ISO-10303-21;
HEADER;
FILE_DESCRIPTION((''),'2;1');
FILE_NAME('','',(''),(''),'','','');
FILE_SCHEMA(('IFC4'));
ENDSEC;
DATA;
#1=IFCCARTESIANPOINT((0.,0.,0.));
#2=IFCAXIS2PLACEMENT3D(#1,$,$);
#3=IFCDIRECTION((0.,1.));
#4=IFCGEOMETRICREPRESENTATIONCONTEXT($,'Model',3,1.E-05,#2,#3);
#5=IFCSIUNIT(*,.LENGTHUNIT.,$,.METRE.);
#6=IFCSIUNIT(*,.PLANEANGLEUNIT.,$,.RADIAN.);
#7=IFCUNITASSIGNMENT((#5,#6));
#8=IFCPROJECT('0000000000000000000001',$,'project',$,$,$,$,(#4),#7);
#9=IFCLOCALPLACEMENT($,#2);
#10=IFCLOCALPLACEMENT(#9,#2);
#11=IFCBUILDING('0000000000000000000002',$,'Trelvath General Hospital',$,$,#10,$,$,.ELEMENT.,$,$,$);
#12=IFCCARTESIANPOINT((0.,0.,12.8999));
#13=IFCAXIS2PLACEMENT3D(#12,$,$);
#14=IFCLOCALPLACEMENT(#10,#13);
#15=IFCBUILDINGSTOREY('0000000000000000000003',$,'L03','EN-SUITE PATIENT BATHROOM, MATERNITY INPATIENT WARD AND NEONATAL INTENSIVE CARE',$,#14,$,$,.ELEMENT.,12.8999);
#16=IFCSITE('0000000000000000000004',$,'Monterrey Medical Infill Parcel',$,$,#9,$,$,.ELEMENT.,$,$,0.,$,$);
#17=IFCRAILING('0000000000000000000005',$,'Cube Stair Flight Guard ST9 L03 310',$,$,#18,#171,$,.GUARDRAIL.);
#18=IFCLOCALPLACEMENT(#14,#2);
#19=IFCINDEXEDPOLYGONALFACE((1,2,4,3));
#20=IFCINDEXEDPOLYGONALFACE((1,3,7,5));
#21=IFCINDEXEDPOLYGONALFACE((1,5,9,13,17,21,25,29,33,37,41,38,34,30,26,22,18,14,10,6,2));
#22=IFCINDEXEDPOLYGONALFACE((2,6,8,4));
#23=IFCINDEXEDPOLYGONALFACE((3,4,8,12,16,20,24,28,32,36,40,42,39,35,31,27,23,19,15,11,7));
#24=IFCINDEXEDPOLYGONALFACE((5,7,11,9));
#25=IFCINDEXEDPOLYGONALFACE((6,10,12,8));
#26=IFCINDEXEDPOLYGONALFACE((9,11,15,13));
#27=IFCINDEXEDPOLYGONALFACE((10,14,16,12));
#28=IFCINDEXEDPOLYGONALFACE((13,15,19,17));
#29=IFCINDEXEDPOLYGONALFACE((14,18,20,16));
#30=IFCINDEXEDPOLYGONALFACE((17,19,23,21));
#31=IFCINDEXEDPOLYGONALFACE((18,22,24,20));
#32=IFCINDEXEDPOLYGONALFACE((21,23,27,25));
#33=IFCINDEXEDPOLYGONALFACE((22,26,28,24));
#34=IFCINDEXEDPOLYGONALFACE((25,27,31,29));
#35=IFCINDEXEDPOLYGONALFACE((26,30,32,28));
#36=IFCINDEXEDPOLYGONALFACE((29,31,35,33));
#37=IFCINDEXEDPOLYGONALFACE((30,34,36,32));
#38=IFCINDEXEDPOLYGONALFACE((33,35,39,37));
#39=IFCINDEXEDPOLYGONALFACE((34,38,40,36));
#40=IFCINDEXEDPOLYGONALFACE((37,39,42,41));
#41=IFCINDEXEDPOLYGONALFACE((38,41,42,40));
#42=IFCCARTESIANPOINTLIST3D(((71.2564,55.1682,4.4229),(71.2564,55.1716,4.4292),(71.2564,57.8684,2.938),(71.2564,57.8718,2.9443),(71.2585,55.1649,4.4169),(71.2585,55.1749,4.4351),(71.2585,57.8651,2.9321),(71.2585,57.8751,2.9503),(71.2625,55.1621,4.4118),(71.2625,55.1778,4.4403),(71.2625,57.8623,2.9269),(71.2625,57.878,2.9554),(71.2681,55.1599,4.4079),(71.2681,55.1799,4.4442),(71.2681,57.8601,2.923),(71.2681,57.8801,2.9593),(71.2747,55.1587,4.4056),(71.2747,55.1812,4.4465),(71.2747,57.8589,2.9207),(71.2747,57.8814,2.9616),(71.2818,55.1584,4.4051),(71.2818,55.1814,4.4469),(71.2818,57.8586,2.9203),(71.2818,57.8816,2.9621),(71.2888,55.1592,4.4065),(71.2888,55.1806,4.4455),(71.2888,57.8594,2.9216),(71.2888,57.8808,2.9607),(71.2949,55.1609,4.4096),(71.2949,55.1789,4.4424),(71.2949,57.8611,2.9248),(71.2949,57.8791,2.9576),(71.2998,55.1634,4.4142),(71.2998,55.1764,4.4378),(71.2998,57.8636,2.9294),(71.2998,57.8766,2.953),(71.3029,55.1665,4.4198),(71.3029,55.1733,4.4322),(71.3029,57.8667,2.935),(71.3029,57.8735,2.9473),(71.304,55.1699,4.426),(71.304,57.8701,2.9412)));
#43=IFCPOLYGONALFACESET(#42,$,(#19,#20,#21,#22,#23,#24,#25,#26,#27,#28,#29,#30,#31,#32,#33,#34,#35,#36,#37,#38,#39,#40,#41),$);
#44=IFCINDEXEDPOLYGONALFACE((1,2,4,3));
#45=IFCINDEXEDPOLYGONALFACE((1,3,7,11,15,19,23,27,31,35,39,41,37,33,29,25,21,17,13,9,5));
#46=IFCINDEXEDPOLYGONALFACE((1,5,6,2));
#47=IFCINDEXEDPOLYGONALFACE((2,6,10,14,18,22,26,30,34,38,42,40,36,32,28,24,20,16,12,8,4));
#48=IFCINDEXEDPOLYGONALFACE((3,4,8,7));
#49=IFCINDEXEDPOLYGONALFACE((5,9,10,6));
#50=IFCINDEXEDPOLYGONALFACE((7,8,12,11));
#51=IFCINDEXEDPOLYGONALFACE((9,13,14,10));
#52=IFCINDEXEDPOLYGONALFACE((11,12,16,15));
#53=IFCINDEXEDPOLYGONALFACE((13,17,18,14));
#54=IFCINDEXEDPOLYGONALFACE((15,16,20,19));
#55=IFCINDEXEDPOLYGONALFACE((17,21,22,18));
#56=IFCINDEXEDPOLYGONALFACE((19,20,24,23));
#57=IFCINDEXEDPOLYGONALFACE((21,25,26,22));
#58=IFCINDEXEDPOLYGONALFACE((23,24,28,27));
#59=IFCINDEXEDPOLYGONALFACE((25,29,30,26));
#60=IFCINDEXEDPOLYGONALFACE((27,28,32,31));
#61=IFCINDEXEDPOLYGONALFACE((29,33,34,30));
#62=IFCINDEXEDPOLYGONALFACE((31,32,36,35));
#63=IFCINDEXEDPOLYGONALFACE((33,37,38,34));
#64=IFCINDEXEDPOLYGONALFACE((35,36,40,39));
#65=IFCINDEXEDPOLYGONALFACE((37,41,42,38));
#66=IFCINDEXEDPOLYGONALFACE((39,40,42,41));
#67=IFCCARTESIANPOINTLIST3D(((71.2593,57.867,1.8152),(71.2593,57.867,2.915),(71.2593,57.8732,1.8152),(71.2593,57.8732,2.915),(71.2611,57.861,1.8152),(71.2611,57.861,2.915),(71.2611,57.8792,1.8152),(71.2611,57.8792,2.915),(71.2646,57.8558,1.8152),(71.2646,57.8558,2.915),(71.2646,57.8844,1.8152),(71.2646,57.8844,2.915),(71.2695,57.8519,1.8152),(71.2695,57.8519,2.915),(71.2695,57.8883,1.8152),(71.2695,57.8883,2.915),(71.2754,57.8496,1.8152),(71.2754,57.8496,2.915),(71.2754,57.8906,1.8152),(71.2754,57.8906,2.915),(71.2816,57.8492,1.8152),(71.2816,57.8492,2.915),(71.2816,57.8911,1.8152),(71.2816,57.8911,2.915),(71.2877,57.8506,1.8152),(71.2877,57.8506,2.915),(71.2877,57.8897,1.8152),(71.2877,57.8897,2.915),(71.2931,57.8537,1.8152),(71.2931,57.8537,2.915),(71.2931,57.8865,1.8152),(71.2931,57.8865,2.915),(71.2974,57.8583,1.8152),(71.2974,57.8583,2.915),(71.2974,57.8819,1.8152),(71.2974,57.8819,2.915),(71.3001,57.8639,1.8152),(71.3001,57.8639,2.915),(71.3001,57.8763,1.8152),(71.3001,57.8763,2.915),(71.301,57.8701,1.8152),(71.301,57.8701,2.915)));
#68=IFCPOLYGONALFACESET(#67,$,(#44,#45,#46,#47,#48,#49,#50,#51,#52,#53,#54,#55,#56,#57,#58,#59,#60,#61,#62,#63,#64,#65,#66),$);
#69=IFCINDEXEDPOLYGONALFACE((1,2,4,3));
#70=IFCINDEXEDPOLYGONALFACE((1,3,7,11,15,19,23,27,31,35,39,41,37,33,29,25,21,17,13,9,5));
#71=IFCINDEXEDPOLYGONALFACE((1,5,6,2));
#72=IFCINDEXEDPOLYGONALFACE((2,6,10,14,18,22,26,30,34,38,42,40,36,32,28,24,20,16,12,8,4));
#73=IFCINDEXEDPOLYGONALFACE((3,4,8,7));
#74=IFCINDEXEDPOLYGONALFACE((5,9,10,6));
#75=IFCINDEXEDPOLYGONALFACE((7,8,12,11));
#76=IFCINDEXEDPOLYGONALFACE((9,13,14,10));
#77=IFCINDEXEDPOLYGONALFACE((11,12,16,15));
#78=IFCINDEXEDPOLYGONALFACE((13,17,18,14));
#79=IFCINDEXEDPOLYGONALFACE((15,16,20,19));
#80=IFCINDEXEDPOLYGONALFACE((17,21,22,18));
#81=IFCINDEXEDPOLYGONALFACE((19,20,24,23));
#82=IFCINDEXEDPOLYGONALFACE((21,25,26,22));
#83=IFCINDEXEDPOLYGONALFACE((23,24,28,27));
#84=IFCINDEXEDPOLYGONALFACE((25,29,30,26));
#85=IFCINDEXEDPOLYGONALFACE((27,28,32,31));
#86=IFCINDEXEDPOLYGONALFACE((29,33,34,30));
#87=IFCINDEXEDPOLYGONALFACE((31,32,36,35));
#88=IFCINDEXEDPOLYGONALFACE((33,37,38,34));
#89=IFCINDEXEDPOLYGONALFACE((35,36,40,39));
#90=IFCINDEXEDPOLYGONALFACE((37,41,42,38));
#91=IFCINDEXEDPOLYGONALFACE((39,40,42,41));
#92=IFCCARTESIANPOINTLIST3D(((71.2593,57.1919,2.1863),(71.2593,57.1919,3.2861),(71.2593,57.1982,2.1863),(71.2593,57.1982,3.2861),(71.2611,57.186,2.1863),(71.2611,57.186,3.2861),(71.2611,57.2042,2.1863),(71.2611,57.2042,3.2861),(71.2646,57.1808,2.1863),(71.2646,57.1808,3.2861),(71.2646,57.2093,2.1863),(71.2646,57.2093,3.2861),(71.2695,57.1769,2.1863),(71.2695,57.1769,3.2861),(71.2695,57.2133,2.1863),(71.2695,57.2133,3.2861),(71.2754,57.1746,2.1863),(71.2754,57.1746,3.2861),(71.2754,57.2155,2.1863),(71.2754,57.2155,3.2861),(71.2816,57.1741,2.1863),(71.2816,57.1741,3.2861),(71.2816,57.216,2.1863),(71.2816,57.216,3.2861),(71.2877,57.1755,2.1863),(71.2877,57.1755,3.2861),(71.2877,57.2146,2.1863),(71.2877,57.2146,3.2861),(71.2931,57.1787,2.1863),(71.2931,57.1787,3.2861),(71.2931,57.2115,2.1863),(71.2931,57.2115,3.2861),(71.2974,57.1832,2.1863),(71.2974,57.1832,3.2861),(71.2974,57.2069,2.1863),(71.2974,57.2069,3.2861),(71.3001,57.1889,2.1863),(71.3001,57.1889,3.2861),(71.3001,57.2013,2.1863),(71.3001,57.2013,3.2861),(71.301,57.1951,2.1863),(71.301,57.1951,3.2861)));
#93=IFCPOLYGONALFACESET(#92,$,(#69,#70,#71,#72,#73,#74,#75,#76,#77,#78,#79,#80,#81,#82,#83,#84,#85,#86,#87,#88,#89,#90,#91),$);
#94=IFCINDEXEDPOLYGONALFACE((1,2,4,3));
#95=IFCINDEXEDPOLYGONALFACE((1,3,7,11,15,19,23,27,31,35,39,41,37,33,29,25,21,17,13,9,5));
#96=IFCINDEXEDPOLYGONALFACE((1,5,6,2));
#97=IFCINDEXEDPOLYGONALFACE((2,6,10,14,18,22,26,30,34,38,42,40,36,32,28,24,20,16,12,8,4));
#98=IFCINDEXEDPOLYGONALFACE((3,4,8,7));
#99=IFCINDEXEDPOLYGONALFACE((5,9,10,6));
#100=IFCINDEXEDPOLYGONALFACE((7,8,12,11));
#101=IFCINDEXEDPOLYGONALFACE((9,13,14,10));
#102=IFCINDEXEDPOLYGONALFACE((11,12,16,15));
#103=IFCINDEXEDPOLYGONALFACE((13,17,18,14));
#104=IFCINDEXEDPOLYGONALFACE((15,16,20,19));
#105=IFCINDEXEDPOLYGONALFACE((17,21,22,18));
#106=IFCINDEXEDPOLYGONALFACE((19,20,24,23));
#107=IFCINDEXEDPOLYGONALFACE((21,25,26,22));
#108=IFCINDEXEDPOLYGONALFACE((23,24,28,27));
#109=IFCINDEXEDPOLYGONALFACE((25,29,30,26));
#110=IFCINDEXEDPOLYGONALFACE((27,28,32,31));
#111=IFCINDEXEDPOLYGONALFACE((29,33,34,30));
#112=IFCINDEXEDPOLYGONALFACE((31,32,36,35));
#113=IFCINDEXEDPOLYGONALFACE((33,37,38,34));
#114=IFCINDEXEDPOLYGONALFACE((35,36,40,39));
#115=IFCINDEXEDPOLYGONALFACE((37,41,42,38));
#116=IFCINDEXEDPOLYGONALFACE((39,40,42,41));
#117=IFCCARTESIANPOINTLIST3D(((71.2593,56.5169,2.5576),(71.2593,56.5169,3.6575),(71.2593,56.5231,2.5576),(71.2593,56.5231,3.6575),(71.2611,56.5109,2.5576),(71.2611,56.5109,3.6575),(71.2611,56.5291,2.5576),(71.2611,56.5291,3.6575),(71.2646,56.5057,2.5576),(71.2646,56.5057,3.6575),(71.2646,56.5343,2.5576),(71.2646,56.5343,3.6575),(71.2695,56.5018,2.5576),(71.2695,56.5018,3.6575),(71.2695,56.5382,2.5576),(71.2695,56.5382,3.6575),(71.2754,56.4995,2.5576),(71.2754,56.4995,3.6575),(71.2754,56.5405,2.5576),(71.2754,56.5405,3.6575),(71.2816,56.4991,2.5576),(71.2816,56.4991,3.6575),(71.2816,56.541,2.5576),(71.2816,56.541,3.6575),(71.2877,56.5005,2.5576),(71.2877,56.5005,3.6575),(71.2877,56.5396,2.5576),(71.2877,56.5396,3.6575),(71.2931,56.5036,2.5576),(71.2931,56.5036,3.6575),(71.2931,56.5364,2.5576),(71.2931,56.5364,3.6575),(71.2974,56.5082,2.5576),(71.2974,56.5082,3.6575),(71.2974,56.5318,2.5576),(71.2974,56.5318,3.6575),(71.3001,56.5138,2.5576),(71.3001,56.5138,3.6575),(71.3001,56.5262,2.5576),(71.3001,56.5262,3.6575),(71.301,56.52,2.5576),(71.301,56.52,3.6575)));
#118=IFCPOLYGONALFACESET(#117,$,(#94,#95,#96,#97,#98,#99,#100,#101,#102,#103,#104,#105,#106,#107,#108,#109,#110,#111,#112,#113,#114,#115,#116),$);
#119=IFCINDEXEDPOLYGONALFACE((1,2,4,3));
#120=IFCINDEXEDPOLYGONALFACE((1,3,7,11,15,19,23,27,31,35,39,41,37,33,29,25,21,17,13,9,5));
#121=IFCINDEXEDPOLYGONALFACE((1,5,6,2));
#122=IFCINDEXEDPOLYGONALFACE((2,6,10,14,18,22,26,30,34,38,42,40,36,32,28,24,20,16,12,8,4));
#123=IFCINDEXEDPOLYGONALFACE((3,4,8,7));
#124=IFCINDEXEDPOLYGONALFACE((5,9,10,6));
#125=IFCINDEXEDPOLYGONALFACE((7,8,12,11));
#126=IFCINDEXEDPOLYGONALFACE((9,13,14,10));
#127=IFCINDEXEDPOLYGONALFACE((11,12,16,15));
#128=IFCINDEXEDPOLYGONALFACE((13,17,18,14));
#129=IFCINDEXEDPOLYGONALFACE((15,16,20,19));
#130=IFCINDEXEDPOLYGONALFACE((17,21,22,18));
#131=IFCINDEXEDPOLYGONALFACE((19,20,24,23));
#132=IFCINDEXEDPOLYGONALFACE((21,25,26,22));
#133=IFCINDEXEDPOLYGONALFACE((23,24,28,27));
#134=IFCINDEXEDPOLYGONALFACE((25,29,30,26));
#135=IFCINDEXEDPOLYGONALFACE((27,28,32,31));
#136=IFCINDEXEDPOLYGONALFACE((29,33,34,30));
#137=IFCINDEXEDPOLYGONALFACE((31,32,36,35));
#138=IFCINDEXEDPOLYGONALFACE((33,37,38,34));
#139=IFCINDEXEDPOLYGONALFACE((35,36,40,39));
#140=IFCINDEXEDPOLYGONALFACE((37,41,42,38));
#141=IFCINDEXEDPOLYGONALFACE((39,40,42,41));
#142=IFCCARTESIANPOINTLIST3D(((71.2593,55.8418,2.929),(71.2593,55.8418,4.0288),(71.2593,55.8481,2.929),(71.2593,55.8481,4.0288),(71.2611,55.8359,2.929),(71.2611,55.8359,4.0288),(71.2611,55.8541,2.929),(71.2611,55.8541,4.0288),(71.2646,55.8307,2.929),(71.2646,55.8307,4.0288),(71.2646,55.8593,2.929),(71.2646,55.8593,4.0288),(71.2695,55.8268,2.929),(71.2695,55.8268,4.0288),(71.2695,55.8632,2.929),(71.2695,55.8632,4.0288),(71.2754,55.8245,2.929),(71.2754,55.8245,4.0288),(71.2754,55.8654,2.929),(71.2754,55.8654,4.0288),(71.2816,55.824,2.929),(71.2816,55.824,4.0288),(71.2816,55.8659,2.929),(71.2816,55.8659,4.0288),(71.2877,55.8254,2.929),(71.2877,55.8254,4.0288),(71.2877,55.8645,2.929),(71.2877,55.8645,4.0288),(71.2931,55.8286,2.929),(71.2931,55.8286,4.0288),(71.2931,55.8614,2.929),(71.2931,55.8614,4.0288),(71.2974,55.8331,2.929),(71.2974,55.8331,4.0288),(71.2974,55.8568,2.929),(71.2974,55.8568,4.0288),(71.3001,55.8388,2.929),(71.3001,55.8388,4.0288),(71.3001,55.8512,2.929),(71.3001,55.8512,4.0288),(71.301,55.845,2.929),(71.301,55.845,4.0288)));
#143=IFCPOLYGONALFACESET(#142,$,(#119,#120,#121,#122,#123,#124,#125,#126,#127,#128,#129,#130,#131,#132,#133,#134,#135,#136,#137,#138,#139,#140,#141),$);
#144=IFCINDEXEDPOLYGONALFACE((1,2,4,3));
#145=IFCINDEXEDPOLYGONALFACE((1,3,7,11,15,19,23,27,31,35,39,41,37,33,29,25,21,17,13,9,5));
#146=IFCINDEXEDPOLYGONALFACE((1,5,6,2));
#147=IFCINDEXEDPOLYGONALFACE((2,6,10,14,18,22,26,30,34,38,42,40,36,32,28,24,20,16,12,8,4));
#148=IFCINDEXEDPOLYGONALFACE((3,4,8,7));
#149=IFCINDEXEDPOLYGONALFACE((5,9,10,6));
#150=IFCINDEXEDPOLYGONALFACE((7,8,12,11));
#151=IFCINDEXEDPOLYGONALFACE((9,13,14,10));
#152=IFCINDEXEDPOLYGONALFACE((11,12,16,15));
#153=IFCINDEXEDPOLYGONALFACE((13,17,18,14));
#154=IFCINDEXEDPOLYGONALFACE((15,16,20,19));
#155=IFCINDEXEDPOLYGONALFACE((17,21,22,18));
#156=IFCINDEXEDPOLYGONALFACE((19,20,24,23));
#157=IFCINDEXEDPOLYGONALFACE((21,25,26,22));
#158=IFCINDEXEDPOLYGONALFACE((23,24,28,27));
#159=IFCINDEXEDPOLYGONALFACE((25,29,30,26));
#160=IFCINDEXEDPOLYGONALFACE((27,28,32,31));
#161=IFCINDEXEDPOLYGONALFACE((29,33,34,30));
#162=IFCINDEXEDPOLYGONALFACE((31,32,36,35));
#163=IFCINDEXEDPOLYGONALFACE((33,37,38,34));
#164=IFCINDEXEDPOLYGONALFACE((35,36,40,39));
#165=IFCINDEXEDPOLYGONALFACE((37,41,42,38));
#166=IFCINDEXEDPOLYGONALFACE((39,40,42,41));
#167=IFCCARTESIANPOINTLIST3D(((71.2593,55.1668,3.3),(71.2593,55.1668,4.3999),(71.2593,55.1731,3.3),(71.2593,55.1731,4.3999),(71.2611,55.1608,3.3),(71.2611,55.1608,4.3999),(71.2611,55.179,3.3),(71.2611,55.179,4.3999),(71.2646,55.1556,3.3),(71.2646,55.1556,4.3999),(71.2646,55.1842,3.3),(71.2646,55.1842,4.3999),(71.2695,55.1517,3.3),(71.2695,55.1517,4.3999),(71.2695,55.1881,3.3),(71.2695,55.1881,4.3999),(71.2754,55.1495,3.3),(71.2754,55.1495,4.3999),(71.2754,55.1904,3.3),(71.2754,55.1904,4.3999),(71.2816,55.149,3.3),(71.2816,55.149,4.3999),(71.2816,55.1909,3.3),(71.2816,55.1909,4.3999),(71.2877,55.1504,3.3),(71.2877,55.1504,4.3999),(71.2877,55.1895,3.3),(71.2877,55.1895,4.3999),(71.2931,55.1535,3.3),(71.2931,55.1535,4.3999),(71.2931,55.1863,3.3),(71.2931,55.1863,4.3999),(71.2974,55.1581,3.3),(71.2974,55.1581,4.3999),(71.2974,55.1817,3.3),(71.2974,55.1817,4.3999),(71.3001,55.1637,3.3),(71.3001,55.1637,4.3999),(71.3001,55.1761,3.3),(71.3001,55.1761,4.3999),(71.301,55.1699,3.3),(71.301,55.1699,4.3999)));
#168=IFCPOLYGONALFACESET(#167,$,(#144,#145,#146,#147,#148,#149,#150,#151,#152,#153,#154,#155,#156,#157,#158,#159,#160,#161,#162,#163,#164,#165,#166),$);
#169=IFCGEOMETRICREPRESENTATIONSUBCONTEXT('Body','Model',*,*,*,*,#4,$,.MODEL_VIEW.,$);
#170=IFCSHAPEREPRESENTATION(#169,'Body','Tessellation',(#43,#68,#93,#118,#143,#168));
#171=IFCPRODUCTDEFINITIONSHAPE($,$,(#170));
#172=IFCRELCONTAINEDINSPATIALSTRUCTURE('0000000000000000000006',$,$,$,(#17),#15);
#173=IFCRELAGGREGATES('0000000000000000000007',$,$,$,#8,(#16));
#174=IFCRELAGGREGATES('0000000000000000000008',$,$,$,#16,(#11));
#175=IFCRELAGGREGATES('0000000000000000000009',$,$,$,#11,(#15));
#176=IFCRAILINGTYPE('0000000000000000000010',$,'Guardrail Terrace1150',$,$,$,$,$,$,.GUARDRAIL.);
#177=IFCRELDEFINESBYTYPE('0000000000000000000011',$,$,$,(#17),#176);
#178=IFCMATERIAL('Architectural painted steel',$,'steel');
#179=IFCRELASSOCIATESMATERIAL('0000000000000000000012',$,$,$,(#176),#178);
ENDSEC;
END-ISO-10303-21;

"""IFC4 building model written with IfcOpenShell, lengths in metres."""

from ifc_helpers import new_model, si_unit, direction, frame, origin, origin_2d, place, context, subcontext, project, spatial, circle, extrude, material, type_object, element, save


model = new_model("IFC4")

# Units and contexts
model_context = context("Model", 3, precision=1e-05, world=origin(), true_north=direction((0.0, 1.0)))
body_context = subcontext(model_context, "Body", "Model", "MODEL_VIEW")
ifc_project = project(units=[si_unit("LENGTHUNIT", "METRE"), si_unit("PLANEANGLEUNIT", "RADIAN")], contexts=[model_context])

# Site, building, storey
site_placement = place(None, origin())
site = spatial("IfcSite", under=ifc_project, at=site_placement, Name="Monterrey Medical Infill Parcel", CompositionType="ELEMENT", RefElevation=0.0)
building_placement = place(site_placement, origin())
building = spatial("IfcBuilding", under=site, at=building_placement, Name="Trelvath General Hospital", CompositionType="ELEMENT")
storey_placement = place(building_placement, frame((0.0, 0.0, 12.8999)))
storey = spatial("IfcBuildingStorey", under=building, at=storey_placement, Name="L03", Description="EN-SUITE PATIENT BATHROOM, MATERNITY INPATIENT WARD AND NEONATAL INTENSIVE CARE", CompositionType="ELEMENT", Elevation=12.8999)

# Railing
ifc_material_1 = material(Name="Architectural painted steel", Category="steel")
railing_type = type_object("IfcRailingType", Name="Guardrail Terrace1150", PredefinedType="GUARDRAIL", material=ifc_material_1)
for number, where, name in (
    (1, (71.28, 57.8701, 1.8152), "Cube Stair Flight Guard ST9 L03 310"),
):
    element("IfcRailing", number, at=place(storey_placement, frame(where)), inside=storey, type_object=railing_type, Name=name, PredefinedType="GUARDRAIL", context=body_context, shape_type="SweptSolid", body=[
        extrude(circle(Radius=0.0239, at=origin_2d()), frame((0.0, 0.0, 1.126), z_axis=(0.0, -0.876249, 0.481858), x_axis=(1.0, 0.0, 0.0)), (0.0, 0.0, 1.0), 3.0815),
        extrude(circle(Radius=0.021, at=origin_2d()), origin(), (0.0, 0.0, 1.0), 1.0999),
        extrude(circle(Radius=0.021, at=origin_2d()), frame((0.0, -0.675, 0.3711)), (0.0, 0.0, 1.0), 1.0999),
        extrude(circle(Radius=0.021, at=origin_2d()), frame((0.0, -1.3501, 0.7424)), (0.0, 0.0, 1.0), 1.0999),
        extrude(circle(Radius=0.021, at=origin_2d()), frame((0.0, -2.0251, 1.1138)), (0.0, 0.0, 1.0), 1.0999),
        extrude(circle(Radius=0.021, at=origin_2d()), frame((0.0, -2.7002, 1.4849)), (0.0, 0.0, 1.0), 1.0999),
    ])

save(model, "model.ifc")
